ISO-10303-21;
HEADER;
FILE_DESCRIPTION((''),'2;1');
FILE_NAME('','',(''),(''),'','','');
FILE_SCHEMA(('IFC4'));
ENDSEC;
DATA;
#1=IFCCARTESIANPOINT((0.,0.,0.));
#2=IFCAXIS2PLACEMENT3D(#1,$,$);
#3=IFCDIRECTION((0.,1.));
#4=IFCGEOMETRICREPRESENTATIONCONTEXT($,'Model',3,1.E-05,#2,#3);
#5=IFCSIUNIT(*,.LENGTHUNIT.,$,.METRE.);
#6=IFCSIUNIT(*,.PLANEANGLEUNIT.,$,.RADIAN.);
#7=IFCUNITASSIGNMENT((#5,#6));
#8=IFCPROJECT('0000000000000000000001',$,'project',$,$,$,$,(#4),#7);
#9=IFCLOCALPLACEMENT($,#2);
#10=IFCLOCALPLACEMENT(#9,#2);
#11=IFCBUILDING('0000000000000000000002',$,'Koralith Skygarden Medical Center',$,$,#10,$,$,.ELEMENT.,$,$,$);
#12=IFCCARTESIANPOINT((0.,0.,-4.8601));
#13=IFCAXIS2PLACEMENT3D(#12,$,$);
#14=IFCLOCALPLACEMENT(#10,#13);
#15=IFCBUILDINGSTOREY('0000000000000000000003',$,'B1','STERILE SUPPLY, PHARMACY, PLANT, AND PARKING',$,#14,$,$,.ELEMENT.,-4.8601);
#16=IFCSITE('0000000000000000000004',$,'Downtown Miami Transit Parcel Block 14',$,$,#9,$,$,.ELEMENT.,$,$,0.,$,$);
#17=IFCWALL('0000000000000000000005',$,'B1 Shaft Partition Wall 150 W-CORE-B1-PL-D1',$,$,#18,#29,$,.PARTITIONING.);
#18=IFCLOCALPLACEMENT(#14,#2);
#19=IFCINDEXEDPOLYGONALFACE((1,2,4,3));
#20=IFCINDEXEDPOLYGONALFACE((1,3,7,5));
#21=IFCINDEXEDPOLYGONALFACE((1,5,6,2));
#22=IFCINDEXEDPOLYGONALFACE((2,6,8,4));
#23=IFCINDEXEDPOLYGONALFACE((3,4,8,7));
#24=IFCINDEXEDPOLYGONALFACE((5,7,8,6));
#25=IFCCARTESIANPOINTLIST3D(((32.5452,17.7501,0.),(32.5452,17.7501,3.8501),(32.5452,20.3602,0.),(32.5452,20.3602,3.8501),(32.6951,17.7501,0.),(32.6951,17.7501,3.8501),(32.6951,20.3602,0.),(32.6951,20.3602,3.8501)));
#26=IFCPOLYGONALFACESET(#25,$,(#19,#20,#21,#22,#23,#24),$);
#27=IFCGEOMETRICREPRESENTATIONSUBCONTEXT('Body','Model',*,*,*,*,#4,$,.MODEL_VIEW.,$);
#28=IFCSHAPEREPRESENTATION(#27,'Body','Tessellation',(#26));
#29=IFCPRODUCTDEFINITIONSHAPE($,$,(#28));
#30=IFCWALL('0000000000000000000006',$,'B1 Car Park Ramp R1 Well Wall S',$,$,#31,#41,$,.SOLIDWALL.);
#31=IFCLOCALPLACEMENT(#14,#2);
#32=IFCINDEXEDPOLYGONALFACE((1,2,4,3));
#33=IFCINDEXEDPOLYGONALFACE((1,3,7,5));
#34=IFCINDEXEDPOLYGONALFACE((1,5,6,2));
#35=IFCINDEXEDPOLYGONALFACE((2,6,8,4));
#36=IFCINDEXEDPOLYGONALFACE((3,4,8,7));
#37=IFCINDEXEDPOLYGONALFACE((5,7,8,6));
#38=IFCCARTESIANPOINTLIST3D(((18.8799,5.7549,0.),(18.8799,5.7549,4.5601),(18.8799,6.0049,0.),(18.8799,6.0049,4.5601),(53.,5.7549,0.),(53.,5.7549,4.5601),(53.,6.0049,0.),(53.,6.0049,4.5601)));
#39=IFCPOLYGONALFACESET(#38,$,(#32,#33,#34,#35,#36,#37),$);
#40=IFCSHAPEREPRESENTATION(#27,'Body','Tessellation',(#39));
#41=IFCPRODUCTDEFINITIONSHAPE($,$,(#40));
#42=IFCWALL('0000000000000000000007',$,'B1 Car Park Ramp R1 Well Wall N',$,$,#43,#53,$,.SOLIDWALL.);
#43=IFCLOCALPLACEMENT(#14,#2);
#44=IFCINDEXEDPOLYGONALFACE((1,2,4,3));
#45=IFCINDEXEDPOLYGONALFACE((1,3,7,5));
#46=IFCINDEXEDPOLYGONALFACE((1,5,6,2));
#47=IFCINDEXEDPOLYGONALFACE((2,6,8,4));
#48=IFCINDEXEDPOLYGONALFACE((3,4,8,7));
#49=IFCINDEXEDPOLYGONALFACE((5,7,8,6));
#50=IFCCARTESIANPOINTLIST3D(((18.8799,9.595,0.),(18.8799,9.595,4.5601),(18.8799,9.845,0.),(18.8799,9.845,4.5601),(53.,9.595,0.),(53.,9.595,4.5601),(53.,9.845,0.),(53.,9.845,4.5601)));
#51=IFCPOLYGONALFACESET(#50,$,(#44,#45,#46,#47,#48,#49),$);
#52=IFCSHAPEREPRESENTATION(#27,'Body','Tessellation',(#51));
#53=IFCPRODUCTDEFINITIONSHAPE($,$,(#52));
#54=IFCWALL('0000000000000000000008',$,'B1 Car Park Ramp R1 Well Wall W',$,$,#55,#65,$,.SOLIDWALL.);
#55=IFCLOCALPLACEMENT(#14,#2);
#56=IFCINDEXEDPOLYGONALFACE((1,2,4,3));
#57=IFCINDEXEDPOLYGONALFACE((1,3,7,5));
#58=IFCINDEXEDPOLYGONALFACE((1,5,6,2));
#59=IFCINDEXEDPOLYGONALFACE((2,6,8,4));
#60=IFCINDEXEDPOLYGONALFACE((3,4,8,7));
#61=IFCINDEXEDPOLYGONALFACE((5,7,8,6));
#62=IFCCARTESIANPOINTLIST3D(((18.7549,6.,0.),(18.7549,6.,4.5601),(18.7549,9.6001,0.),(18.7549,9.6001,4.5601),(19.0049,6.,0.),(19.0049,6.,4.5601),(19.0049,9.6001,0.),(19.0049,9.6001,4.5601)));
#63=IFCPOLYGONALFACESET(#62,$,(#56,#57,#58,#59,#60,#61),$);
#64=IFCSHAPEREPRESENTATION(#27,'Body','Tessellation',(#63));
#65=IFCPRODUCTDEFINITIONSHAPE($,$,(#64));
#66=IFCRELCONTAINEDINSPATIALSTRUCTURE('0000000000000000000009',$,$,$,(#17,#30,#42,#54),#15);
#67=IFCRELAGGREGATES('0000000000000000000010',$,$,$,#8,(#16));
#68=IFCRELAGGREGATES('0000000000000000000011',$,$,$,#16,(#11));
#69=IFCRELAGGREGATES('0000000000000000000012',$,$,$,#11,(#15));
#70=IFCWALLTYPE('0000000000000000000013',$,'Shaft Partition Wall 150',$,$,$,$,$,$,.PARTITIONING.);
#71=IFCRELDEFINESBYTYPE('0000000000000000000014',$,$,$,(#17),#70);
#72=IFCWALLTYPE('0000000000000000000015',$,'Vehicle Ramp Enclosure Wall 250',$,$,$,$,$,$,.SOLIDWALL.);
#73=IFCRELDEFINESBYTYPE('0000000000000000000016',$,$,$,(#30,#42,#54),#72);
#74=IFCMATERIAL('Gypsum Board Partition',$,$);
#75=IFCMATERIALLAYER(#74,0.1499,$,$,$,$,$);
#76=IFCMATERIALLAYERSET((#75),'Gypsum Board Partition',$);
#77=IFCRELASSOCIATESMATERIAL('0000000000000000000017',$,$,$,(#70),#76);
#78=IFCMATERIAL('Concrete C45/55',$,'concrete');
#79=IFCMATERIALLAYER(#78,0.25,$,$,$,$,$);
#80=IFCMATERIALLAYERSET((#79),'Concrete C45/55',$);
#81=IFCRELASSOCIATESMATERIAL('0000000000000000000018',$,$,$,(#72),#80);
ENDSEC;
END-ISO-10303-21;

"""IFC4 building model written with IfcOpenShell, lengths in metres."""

from ifc_helpers import new_model, si_unit, direction, frame, frame_2d, origin, place, context, subcontext, project, spatial, rectangle, extrude, material, layer, layer_set, type_object, element, save


model = new_model("IFC4")

# Units and contexts
model_context = context("Model", 3, precision=1e-05, world=origin(), true_north=direction((0.0, 1.0)))
body_context = subcontext(model_context, "Body", "Model", "MODEL_VIEW")
ifc_project = project(units=[si_unit("LENGTHUNIT", "METRE"), si_unit("PLANEANGLEUNIT", "RADIAN")], contexts=[model_context])

# Site, building, storey
site_placement = place(None, origin())
site = spatial("IfcSite", under=ifc_project, at=site_placement, Name="Downtown Miami Transit Parcel Block 14", CompositionType="ELEMENT", RefElevation=0.0)
building_placement = place(site_placement, origin())
building = spatial("IfcBuilding", under=site, at=building_placement, Name="Koralith Skygarden Medical Center", CompositionType="ELEMENT")
storey_placement = place(building_placement, frame((0.0, 0.0, -4.8601)))
storey = spatial("IfcBuildingStorey", under=building, at=storey_placement, Name="B1", Description="STERILE SUPPLY, PHARMACY, PLANT, AND PARKING", CompositionType="ELEMENT", Elevation=-4.8601)

# Shared definitions
ifc_material_1 = material(Name="Gypsum Board Partition")

# Walls
ifc_layer_1 = layer(ifc_material_1, 0.1499)
ifc_layer_set_1 = layer_set([ifc_layer_1], Name="Gypsum Board Partition")
wall_type_1 = type_object("IfcWallType", Name="Shaft Partition Wall 150", PredefinedType="PARTITIONING", material=ifc_layer_set_1)
wall_1_placement = place(storey_placement, frame((32.6201, 17.75, 0.0), z_axis=(0.0, 0.0, 1.0), x_axis=(0.0, 1.0, 0.0)))
element("IfcWall", 1, at=wall_1_placement, inside=storey, type_object=wall_type_1, Name="B1 Shaft Partition Wall 150 W-CORE-B1-PL-D1", PredefinedType="PARTITIONING", context=body_context, shape_type="SweptSolid", body=[
    extrude(rectangle(XDim=2.6101, YDim=0.1499, at=frame_2d((1.3052, 0.0))), origin(), (0.0, 0.0, 1.0), 3.8501),
])
ifc_material_2 = material(Name="Concrete C45/55", Category="concrete")
ifc_layer_2 = layer(ifc_material_2, 0.25)
ifc_layer_set_2 = layer_set([ifc_layer_2], Name="Concrete C45/55")
wall_type_2 = type_object("IfcWallType", Name="Vehicle Ramp Enclosure Wall 250", PredefinedType="SOLIDWALL", material=ifc_layer_set_2)
for number, where, z_axis, x_axis, name in (
    (2, (18.8799, 5.8799, 0.0), (0.0, 0.0, 1.0), (1.0, 0.0, 0.0), "B1 Car Park Ramp R1 Well Wall S"),
    (3, (18.8799, 9.72, 0.0), (0.0, 0.0, 1.0), (1.0, 0.0, 0.0), "B1 Car Park Ramp R1 Well Wall N"),
):
    element("IfcWall", number, at=place(storey_placement, frame(where, z_axis=z_axis, x_axis=x_axis)), inside=storey, type_object=wall_type_2, Name=name, PredefinedType="SOLIDWALL", context=body_context, shape_type="SweptSolid", body=[
        extrude(rectangle(XDim=34.1201, YDim=0.25, at=frame_2d((17.0601, 0.0))), origin(), (0.0, 0.0, 1.0), 4.5601),
    ])
wall_2_placement = place(storey_placement, frame((18.8799, 6.0, 0.0), z_axis=(0.0, 0.0, 1.0), x_axis=(0.0, 1.0, 0.0)))
element("IfcWall", 4, at=wall_2_placement, inside=storey, type_object=wall_type_2, Name="B1 Car Park Ramp R1 Well Wall W", PredefinedType="SOLIDWALL", context=body_context, shape_type="SweptSolid", body=[
    extrude(rectangle(XDim=3.6001, YDim=0.25, at=frame_2d((1.8, 0.0))), origin(), (0.0, 0.0, 1.0), 4.5601),
])

save(model, "model.ifc")
